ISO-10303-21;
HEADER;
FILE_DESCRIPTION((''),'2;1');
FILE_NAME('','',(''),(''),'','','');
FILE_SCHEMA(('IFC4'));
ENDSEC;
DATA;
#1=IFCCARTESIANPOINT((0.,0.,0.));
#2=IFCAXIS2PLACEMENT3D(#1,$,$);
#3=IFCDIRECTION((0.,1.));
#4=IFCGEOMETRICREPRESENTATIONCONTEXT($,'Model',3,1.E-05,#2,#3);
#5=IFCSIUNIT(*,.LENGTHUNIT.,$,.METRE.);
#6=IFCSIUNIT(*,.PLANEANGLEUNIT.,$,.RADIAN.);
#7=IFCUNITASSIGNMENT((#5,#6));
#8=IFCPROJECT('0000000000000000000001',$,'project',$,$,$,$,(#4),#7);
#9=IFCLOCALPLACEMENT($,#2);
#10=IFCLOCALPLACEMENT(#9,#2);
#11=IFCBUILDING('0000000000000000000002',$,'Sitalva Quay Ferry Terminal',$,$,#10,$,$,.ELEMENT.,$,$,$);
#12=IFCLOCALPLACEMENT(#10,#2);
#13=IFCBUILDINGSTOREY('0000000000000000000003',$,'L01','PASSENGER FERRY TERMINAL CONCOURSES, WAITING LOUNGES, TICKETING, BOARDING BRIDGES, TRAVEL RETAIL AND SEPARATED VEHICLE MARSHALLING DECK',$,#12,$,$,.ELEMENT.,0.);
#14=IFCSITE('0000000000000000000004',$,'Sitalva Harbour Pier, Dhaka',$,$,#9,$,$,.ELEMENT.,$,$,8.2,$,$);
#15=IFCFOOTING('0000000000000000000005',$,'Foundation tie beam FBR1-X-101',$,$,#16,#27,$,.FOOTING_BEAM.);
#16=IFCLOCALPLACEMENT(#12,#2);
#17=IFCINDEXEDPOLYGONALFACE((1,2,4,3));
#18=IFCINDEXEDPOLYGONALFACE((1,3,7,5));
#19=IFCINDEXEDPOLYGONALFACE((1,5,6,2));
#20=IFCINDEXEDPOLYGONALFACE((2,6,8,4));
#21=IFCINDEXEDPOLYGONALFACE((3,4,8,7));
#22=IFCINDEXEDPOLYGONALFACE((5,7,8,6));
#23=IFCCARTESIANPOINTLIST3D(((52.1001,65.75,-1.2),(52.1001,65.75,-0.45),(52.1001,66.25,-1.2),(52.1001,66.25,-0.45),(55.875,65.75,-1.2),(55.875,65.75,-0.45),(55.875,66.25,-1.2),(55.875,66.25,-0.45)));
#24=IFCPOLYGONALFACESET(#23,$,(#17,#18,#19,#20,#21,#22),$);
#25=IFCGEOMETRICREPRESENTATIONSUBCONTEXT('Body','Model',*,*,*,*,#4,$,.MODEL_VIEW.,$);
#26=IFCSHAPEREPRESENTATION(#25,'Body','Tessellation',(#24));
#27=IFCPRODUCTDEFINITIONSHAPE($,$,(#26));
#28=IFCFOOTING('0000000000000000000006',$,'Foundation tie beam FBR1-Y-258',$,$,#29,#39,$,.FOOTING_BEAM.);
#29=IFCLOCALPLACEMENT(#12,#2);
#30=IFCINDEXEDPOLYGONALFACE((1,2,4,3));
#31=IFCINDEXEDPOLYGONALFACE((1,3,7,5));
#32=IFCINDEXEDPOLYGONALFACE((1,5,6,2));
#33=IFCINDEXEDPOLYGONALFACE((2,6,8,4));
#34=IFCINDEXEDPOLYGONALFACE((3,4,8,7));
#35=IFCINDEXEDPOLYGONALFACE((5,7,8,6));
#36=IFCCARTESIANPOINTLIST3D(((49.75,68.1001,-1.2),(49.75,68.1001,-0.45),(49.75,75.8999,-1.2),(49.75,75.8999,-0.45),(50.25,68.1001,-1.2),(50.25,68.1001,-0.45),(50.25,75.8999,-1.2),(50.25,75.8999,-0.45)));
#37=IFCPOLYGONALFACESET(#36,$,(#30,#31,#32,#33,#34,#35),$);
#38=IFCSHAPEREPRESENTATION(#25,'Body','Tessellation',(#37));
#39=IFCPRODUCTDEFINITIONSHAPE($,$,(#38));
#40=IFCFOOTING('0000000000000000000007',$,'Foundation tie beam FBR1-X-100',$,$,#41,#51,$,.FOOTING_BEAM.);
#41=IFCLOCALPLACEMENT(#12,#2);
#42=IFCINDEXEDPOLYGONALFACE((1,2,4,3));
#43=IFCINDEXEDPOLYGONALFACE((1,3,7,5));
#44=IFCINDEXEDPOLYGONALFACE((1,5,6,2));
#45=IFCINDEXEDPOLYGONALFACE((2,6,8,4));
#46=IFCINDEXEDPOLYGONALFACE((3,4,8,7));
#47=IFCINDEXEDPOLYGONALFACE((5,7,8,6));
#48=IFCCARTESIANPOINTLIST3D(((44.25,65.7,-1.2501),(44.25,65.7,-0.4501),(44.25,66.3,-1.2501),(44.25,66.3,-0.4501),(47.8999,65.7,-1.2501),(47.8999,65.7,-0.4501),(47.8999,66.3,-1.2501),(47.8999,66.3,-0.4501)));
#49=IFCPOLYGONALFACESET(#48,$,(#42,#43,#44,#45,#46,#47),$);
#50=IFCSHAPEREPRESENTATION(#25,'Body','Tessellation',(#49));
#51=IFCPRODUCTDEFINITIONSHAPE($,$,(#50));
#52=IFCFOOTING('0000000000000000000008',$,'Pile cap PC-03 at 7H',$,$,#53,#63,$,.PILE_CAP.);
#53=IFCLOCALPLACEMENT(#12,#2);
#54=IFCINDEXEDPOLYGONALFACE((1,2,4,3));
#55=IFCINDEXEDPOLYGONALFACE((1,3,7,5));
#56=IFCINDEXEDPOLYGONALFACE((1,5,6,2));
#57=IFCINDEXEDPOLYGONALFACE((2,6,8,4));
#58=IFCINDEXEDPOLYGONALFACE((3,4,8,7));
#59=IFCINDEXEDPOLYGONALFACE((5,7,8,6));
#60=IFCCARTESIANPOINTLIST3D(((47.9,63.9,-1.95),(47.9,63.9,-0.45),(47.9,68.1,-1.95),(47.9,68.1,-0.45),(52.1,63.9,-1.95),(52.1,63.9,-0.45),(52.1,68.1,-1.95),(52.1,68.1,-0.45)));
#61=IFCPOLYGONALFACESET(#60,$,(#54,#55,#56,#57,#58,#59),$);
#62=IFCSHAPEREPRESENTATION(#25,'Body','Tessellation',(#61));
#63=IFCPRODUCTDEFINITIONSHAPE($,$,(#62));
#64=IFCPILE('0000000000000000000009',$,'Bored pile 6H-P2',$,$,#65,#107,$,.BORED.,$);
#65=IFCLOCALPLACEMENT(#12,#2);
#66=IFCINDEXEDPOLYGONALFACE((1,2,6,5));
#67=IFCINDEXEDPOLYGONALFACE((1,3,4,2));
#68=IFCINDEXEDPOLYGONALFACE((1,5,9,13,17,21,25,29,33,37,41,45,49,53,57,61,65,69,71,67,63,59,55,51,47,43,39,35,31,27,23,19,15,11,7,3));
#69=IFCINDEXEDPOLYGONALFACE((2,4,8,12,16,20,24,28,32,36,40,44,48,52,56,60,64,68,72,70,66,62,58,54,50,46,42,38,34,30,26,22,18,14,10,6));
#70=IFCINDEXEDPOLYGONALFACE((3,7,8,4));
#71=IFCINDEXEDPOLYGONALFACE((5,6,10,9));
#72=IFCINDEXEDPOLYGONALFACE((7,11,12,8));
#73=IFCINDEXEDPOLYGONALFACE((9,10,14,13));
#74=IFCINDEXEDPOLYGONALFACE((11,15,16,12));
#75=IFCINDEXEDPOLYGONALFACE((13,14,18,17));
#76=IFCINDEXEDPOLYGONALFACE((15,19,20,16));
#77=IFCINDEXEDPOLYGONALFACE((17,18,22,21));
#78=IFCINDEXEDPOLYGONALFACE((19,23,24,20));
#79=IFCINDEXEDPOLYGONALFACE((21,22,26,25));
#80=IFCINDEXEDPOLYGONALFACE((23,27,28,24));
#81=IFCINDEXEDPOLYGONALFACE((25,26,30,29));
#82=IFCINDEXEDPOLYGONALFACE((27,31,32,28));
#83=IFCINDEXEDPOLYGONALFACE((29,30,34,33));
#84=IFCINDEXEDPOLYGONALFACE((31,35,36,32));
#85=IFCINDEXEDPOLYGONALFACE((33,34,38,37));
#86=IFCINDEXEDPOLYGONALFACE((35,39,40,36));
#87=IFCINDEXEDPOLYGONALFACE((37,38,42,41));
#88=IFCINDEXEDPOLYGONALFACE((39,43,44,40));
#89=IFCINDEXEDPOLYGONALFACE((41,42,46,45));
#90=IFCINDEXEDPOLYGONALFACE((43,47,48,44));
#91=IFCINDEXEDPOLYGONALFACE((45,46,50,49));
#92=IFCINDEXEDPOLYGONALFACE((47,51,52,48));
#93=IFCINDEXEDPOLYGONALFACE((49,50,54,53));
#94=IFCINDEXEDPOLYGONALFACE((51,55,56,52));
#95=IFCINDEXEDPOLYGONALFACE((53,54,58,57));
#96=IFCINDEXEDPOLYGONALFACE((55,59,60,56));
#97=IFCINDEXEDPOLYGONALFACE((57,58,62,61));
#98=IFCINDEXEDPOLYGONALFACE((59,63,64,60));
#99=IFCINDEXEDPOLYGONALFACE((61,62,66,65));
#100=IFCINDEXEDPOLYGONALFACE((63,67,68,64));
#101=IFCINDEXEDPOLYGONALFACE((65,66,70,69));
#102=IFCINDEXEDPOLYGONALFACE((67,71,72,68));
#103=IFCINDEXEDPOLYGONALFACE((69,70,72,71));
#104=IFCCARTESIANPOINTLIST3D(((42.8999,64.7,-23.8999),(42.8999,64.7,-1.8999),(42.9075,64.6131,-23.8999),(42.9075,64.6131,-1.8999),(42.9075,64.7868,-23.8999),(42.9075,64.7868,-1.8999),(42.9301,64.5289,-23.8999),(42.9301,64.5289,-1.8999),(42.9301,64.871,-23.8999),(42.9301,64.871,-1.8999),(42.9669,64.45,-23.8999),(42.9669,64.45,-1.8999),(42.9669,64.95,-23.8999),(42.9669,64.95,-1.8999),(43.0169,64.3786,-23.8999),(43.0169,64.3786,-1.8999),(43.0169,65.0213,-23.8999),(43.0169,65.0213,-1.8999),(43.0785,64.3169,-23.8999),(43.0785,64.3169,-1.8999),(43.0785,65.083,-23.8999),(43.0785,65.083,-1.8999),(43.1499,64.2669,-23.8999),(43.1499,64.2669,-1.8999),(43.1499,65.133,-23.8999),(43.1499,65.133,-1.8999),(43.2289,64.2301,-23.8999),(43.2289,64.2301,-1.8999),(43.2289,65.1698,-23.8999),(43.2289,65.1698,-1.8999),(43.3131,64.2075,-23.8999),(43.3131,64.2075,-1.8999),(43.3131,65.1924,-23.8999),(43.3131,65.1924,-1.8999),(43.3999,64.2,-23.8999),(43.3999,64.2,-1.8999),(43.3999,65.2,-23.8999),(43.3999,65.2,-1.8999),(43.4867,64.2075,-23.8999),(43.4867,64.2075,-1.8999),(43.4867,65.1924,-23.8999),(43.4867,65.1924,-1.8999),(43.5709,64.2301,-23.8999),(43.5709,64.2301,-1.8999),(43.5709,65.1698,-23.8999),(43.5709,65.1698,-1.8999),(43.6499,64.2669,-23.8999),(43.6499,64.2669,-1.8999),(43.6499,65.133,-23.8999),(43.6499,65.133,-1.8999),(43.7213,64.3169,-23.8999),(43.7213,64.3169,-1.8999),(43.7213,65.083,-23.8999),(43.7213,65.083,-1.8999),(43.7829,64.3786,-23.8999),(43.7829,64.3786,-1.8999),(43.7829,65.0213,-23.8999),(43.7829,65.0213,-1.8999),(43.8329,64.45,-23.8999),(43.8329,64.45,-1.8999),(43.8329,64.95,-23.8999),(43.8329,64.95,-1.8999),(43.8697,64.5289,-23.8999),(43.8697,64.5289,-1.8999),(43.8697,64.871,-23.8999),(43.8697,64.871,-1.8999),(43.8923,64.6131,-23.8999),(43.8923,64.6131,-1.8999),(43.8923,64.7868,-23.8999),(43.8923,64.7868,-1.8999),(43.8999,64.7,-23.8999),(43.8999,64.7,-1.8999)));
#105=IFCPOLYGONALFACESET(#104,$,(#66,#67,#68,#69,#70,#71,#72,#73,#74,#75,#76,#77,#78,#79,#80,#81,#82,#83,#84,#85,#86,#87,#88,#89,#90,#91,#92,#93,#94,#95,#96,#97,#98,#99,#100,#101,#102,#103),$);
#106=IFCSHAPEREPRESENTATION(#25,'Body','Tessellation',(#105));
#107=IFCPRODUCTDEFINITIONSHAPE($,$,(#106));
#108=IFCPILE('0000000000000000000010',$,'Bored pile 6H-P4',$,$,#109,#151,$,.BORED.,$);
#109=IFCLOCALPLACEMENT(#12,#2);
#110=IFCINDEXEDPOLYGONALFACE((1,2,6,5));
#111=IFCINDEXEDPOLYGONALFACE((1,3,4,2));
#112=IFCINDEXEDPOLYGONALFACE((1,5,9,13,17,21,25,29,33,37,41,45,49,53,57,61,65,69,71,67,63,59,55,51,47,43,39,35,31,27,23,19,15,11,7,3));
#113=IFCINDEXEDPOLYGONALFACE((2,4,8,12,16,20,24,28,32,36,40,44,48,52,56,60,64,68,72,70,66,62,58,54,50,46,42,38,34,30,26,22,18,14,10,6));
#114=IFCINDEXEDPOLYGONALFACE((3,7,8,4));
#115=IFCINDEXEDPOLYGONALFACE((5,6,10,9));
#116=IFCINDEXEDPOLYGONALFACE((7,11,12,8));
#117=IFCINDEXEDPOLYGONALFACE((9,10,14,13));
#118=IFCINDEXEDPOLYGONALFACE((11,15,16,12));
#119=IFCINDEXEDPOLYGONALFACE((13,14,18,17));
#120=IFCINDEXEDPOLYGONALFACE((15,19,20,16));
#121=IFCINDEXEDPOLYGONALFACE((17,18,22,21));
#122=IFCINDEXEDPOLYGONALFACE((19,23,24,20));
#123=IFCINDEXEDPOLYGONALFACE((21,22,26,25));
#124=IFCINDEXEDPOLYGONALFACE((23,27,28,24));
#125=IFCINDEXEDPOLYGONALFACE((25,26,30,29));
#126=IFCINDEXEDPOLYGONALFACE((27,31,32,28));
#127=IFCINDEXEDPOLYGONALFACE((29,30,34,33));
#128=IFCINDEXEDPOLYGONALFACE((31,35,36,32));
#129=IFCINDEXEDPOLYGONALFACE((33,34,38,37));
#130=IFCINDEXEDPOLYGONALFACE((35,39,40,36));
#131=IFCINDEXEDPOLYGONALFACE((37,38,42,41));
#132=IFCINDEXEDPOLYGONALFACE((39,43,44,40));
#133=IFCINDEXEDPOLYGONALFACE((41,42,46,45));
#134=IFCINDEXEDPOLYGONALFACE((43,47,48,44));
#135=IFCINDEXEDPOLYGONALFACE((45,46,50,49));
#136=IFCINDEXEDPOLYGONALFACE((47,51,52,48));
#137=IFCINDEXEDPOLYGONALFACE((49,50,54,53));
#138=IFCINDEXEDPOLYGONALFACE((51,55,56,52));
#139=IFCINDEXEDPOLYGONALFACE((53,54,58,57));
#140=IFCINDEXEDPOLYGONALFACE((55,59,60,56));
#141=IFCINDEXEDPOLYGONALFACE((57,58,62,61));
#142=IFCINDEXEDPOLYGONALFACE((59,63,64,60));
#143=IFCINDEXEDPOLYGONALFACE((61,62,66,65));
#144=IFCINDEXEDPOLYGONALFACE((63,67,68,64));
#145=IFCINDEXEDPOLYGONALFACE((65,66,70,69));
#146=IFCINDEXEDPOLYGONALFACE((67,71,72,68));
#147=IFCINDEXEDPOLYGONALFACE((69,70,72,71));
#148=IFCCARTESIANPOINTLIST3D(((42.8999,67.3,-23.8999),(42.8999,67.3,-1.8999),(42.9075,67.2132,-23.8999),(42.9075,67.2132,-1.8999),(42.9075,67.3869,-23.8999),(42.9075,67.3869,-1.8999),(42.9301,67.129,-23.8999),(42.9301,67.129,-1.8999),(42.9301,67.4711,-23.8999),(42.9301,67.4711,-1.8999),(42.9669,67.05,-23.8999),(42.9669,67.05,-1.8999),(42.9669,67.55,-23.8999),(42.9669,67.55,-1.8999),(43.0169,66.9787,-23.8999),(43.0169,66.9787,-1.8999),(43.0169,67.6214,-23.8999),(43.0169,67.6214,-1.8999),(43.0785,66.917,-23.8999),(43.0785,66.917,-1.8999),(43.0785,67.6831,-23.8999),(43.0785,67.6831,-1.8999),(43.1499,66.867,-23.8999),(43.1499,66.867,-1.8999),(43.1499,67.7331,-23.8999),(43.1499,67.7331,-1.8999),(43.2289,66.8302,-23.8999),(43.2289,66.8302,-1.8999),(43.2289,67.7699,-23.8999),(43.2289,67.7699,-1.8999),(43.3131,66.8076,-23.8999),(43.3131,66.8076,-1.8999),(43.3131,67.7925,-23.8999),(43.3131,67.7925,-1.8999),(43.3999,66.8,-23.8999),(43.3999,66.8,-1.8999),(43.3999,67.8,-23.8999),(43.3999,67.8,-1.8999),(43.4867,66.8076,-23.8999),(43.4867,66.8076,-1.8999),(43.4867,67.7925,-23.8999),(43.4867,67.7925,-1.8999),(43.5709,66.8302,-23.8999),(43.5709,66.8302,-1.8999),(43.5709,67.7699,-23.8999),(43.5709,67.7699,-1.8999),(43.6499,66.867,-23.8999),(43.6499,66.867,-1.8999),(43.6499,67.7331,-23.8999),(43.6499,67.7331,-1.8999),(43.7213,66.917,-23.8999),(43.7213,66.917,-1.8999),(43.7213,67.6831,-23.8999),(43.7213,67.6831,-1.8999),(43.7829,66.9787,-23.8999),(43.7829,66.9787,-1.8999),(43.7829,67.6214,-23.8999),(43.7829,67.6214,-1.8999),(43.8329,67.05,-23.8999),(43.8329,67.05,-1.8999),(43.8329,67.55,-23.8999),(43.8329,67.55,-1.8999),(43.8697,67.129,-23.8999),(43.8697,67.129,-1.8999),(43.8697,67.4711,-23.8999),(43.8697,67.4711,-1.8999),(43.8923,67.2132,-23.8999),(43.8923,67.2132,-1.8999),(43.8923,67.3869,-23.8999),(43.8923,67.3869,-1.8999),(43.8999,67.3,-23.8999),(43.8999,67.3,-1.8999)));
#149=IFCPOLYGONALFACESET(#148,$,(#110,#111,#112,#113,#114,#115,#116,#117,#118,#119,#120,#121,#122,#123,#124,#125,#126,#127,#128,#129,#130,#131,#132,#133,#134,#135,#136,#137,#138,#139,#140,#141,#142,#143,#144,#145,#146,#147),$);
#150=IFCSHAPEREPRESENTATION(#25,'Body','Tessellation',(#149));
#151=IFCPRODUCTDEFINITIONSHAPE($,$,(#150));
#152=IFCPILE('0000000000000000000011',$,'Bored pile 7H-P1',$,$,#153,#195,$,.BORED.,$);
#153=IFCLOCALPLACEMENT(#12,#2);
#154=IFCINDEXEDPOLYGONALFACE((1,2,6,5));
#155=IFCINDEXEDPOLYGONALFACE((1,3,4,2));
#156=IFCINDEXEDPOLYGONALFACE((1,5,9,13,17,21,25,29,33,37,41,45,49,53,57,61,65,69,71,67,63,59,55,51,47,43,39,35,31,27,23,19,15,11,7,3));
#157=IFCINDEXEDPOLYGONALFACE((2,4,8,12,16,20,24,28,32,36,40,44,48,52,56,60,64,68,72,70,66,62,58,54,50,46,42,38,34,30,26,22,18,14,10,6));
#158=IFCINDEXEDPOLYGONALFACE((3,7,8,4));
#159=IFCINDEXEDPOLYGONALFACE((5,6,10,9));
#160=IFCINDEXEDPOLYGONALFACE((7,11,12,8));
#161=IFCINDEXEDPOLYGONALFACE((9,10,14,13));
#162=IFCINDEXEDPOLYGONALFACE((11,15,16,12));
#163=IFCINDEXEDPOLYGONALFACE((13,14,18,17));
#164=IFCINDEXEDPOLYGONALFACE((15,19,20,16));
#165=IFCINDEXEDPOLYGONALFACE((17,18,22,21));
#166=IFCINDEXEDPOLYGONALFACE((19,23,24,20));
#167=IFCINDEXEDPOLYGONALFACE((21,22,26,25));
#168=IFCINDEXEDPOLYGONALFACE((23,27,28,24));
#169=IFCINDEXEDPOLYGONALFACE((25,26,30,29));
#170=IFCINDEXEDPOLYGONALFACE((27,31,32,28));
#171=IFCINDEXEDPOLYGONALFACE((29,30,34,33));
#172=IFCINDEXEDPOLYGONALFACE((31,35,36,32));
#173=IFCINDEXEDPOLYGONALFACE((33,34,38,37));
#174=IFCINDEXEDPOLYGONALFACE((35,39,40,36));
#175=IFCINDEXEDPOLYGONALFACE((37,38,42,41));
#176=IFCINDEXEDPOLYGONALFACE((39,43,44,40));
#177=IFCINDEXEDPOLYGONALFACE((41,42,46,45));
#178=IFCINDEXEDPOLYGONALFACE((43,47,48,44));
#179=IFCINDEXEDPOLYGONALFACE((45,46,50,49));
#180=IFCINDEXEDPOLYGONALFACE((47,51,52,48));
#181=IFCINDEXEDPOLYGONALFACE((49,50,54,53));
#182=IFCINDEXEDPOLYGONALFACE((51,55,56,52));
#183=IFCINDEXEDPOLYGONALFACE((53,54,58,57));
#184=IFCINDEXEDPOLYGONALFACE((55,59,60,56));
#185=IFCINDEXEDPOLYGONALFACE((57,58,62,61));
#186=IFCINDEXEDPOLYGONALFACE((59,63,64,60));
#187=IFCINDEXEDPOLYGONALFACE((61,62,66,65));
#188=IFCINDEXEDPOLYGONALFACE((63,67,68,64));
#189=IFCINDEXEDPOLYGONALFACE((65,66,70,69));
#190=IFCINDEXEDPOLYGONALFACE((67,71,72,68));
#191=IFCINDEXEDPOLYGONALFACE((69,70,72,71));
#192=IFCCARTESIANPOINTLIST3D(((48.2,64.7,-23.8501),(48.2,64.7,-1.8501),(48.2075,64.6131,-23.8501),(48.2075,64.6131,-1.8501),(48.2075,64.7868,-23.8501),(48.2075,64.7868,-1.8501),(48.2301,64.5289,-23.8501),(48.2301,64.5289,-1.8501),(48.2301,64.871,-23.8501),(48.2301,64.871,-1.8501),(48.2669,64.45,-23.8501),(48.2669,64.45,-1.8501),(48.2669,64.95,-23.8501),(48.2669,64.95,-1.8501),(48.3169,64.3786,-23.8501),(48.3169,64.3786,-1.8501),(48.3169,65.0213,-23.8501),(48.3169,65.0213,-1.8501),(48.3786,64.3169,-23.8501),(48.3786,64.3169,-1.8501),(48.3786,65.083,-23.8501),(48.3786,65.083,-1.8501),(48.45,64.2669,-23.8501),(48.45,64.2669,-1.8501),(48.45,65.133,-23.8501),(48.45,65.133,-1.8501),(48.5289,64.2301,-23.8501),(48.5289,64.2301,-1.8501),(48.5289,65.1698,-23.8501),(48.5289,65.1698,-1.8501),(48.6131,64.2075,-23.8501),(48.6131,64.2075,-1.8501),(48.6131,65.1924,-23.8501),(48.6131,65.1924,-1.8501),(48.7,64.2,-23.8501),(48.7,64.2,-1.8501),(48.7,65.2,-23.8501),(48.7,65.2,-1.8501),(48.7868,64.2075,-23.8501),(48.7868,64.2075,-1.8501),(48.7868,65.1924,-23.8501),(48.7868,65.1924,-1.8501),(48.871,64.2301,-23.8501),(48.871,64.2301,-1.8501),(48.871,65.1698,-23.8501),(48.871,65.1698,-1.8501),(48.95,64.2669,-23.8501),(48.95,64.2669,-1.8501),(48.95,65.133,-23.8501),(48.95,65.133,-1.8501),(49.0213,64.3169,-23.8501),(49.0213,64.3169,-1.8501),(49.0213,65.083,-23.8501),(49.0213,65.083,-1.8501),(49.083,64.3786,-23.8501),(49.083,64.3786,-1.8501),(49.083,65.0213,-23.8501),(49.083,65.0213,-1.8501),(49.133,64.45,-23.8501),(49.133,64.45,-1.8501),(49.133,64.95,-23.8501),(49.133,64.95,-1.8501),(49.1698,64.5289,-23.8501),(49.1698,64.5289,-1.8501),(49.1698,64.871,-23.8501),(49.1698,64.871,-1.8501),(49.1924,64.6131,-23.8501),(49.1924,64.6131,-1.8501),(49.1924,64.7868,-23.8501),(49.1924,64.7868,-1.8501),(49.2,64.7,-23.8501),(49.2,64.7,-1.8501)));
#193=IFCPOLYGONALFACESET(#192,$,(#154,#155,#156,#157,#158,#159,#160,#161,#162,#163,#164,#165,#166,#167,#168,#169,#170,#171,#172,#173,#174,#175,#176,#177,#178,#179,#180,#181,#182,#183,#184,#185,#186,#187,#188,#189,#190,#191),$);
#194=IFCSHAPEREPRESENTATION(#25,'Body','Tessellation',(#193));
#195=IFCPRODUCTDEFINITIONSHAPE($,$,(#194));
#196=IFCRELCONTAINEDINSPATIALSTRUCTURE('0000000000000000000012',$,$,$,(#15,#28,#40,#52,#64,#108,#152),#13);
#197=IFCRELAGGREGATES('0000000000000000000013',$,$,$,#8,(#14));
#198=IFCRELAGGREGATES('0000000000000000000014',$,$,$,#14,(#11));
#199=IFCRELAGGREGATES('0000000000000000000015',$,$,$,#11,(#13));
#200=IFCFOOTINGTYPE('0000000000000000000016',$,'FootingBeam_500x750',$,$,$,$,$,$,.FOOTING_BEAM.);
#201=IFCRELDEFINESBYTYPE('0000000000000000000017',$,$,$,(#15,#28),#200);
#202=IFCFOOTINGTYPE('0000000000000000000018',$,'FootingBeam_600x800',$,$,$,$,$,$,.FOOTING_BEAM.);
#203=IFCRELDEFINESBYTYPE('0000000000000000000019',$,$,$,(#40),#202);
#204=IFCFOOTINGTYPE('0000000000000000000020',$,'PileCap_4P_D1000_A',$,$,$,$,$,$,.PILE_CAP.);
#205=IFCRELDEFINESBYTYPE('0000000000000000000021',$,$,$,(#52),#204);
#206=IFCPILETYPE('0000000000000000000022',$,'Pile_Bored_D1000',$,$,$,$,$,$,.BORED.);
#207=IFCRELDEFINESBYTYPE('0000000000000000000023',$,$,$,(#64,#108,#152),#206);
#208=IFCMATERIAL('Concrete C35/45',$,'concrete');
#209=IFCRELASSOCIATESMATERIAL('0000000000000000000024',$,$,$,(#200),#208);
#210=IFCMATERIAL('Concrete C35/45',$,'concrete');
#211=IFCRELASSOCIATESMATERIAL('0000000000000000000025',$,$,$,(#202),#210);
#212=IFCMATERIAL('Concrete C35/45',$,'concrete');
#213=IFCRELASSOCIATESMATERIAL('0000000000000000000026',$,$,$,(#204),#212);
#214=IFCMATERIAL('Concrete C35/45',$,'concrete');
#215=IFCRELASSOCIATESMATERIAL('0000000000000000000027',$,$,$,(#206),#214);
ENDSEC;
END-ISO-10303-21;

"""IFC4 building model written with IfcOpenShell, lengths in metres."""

from ifc_helpers import new_model, si_unit, direction, frame, origin, origin_2d, place, context, subcontext, project, spatial, rectangle, circle, extrude, material, material_profile, profile_set, type_object, element, save


model = new_model("IFC4")

# Units and contexts
model_context = context("Model", 3, precision=1e-05, world=origin(), true_north=direction((0.0, 1.0)))
body_context = subcontext(model_context, "Body", "Model", "MODEL_VIEW")
ifc_project = project(units=[si_unit("LENGTHUNIT", "METRE"), si_unit("PLANEANGLEUNIT", "RADIAN")], contexts=[model_context])

# Site, building, storey
site_placement = place(None, origin())
site = spatial("IfcSite", under=ifc_project, at=site_placement, Name="Sitalva Harbour Pier, Dhaka", CompositionType="ELEMENT", RefElevation=8.2)
building_placement = place(site_placement, origin())
building = spatial("IfcBuilding", under=site, at=building_placement, Name="Sitalva Quay Ferry Terminal", CompositionType="ELEMENT")
storey_placement = place(building_placement, origin())
storey = spatial("IfcBuildingStorey", under=building, at=storey_placement, Name="L01", Description="PASSENGER FERRY TERMINAL CONCOURSES, WAITING LOUNGES, TICKETING, BOARDING BRIDGES, TRAVEL RETAIL AND SEPARATED VEHICLE MARSHALLING DECK", CompositionType="ELEMENT", Elevation=0.0)

# Footings
ifc_material_1 = material(Name="Concrete C35/45", Category="concrete")
ifc_material_profile_1 = material_profile(ifc_material_1, rectangle(XDim=0.5, YDim=0.75, at=origin_2d()), Name="RC500x750")
ifc_profile_set_1 = profile_set([ifc_material_profile_1], Name="Concrete C35/45")
footing_type_1 = type_object("IfcFootingType", Name="FootingBeam_500x750", PredefinedType="FOOTING_BEAM", material=ifc_profile_set_1)
footing_1_placement = place(storey_placement, frame((52.1001, 66.0, -0.825), z_axis=(1.0, 0.0, 0.0), x_axis=(0.0, 1.0, 0.0)))
element("IfcFooting", 1, at=footing_1_placement, inside=storey, type_object=footing_type_1, Name="Foundation tie beam FBR1-X-101", PredefinedType="FOOTING_BEAM", context=body_context, shape_type="SweptSolid", body=[
    extrude(rectangle(XDim=0.5, YDim=0.75, at=origin_2d()), origin(), (0.0, 0.0, 1.0), 3.7749),
])
footing_2_placement = place(storey_placement, frame((50.0, 68.1001, -0.825), z_axis=(0.0, 1.0, 0.0), x_axis=(-1.0, 0.0, 0.0)))
element("IfcFooting", 2, at=footing_2_placement, inside=storey, type_object=footing_type_1, Name="Foundation tie beam FBR1-Y-258", PredefinedType="FOOTING_BEAM", context=body_context, shape_type="SweptSolid", body=[
    extrude(rectangle(XDim=0.5, YDim=0.75, at=origin_2d()), origin(), (0.0, 0.0, 1.0), 7.7998),
])
ifc_material_2 = material(Name="Concrete C35/45", Category="concrete")
ifc_material_profile_2 = material_profile(ifc_material_2, rectangle(XDim=0.6001, YDim=0.8, at=origin_2d()), Name="RC600x800")
ifc_profile_set_2 = profile_set([ifc_material_profile_2], Name="Concrete C35/45")
footing_type_2 = type_object("IfcFootingType", Name="FootingBeam_600x800", PredefinedType="FOOTING_BEAM", material=ifc_profile_set_2)
footing_3_placement = place(storey_placement, frame((44.25, 66.0, -0.8501), z_axis=(1.0, 0.0, 0.0), x_axis=(0.0, 1.0, 0.0)))
element("IfcFooting", 3, at=footing_3_placement, inside=storey, type_object=footing_type_2, Name="Foundation tie beam FBR1-X-100", PredefinedType="FOOTING_BEAM", context=body_context, shape_type="SweptSolid", body=[
    extrude(rectangle(XDim=0.6001, YDim=0.8, at=origin_2d()), origin(), (0.0, 0.0, 1.0), 3.6499),
])
ifc_material_3 = material(Name="Concrete C35/45", Category="concrete")
footing_type_3 = type_object("IfcFootingType", Name="PileCap_4P_D1000_A", PredefinedType="PILE_CAP", material=ifc_material_3)
footing_4_placement = place(storey_placement, frame((50.0, 66.0, -1.95), z_axis=(0.0, 0.0, 1.0), x_axis=(1.0, 0.0, 0.0)))
element("IfcFooting", 4, at=footing_4_placement, inside=storey, type_object=footing_type_3, Name="Pile cap PC-03 at 7H", PredefinedType="PILE_CAP", context=body_context, shape_type="SweptSolid", body=[
    extrude(rectangle(XDim=4.2, YDim=4.2, at=origin_2d()), origin(), (0.0, 0.0, 1.0), 1.5),
])

# Piles
ifc_material_4 = material(Name="Concrete C35/45", Category="concrete")
ifc_material_profile_3 = material_profile(ifc_material_4, circle(Radius=0.5, at=origin_2d()), Name="PILE-D1000")
ifc_profile_set_3 = profile_set([ifc_material_profile_3], Name="Concrete C35/45")
pile_type = type_object("IfcPileType", Name="Pile_Bored_D1000", PredefinedType="BORED", material=ifc_profile_set_3)
for number, where, z_axis, x_axis, name in (
    (5, (43.3999, 64.7, -1.8999), (0.0, 0.0, -1.0), (1.0, 0.0, 0.0), "Bored pile 6H-P2"),
    (6, (43.3999, 67.3, -1.8999), (0.0, 0.0, -1.0), (1.0, 0.0, 0.0), "Bored pile 6H-P4"),
    (7, (48.7, 64.7, -1.8501), (0.0, 0.0, -1.0), (1.0, 0.0, 0.0), "Bored pile 7H-P1"),
):
    element("IfcPile", number, at=place(storey_placement, frame(where, z_axis=z_axis, x_axis=x_axis)), inside=storey, type_object=pile_type, Name=name, PredefinedType="BORED", context=body_context, shape_type="SweptSolid", body=[
        extrude(circle(Radius=0.5, at=origin_2d()), origin(), (0.0, 0.0, 1.0), 22.0),
    ])

save(model, "model.ifc")
